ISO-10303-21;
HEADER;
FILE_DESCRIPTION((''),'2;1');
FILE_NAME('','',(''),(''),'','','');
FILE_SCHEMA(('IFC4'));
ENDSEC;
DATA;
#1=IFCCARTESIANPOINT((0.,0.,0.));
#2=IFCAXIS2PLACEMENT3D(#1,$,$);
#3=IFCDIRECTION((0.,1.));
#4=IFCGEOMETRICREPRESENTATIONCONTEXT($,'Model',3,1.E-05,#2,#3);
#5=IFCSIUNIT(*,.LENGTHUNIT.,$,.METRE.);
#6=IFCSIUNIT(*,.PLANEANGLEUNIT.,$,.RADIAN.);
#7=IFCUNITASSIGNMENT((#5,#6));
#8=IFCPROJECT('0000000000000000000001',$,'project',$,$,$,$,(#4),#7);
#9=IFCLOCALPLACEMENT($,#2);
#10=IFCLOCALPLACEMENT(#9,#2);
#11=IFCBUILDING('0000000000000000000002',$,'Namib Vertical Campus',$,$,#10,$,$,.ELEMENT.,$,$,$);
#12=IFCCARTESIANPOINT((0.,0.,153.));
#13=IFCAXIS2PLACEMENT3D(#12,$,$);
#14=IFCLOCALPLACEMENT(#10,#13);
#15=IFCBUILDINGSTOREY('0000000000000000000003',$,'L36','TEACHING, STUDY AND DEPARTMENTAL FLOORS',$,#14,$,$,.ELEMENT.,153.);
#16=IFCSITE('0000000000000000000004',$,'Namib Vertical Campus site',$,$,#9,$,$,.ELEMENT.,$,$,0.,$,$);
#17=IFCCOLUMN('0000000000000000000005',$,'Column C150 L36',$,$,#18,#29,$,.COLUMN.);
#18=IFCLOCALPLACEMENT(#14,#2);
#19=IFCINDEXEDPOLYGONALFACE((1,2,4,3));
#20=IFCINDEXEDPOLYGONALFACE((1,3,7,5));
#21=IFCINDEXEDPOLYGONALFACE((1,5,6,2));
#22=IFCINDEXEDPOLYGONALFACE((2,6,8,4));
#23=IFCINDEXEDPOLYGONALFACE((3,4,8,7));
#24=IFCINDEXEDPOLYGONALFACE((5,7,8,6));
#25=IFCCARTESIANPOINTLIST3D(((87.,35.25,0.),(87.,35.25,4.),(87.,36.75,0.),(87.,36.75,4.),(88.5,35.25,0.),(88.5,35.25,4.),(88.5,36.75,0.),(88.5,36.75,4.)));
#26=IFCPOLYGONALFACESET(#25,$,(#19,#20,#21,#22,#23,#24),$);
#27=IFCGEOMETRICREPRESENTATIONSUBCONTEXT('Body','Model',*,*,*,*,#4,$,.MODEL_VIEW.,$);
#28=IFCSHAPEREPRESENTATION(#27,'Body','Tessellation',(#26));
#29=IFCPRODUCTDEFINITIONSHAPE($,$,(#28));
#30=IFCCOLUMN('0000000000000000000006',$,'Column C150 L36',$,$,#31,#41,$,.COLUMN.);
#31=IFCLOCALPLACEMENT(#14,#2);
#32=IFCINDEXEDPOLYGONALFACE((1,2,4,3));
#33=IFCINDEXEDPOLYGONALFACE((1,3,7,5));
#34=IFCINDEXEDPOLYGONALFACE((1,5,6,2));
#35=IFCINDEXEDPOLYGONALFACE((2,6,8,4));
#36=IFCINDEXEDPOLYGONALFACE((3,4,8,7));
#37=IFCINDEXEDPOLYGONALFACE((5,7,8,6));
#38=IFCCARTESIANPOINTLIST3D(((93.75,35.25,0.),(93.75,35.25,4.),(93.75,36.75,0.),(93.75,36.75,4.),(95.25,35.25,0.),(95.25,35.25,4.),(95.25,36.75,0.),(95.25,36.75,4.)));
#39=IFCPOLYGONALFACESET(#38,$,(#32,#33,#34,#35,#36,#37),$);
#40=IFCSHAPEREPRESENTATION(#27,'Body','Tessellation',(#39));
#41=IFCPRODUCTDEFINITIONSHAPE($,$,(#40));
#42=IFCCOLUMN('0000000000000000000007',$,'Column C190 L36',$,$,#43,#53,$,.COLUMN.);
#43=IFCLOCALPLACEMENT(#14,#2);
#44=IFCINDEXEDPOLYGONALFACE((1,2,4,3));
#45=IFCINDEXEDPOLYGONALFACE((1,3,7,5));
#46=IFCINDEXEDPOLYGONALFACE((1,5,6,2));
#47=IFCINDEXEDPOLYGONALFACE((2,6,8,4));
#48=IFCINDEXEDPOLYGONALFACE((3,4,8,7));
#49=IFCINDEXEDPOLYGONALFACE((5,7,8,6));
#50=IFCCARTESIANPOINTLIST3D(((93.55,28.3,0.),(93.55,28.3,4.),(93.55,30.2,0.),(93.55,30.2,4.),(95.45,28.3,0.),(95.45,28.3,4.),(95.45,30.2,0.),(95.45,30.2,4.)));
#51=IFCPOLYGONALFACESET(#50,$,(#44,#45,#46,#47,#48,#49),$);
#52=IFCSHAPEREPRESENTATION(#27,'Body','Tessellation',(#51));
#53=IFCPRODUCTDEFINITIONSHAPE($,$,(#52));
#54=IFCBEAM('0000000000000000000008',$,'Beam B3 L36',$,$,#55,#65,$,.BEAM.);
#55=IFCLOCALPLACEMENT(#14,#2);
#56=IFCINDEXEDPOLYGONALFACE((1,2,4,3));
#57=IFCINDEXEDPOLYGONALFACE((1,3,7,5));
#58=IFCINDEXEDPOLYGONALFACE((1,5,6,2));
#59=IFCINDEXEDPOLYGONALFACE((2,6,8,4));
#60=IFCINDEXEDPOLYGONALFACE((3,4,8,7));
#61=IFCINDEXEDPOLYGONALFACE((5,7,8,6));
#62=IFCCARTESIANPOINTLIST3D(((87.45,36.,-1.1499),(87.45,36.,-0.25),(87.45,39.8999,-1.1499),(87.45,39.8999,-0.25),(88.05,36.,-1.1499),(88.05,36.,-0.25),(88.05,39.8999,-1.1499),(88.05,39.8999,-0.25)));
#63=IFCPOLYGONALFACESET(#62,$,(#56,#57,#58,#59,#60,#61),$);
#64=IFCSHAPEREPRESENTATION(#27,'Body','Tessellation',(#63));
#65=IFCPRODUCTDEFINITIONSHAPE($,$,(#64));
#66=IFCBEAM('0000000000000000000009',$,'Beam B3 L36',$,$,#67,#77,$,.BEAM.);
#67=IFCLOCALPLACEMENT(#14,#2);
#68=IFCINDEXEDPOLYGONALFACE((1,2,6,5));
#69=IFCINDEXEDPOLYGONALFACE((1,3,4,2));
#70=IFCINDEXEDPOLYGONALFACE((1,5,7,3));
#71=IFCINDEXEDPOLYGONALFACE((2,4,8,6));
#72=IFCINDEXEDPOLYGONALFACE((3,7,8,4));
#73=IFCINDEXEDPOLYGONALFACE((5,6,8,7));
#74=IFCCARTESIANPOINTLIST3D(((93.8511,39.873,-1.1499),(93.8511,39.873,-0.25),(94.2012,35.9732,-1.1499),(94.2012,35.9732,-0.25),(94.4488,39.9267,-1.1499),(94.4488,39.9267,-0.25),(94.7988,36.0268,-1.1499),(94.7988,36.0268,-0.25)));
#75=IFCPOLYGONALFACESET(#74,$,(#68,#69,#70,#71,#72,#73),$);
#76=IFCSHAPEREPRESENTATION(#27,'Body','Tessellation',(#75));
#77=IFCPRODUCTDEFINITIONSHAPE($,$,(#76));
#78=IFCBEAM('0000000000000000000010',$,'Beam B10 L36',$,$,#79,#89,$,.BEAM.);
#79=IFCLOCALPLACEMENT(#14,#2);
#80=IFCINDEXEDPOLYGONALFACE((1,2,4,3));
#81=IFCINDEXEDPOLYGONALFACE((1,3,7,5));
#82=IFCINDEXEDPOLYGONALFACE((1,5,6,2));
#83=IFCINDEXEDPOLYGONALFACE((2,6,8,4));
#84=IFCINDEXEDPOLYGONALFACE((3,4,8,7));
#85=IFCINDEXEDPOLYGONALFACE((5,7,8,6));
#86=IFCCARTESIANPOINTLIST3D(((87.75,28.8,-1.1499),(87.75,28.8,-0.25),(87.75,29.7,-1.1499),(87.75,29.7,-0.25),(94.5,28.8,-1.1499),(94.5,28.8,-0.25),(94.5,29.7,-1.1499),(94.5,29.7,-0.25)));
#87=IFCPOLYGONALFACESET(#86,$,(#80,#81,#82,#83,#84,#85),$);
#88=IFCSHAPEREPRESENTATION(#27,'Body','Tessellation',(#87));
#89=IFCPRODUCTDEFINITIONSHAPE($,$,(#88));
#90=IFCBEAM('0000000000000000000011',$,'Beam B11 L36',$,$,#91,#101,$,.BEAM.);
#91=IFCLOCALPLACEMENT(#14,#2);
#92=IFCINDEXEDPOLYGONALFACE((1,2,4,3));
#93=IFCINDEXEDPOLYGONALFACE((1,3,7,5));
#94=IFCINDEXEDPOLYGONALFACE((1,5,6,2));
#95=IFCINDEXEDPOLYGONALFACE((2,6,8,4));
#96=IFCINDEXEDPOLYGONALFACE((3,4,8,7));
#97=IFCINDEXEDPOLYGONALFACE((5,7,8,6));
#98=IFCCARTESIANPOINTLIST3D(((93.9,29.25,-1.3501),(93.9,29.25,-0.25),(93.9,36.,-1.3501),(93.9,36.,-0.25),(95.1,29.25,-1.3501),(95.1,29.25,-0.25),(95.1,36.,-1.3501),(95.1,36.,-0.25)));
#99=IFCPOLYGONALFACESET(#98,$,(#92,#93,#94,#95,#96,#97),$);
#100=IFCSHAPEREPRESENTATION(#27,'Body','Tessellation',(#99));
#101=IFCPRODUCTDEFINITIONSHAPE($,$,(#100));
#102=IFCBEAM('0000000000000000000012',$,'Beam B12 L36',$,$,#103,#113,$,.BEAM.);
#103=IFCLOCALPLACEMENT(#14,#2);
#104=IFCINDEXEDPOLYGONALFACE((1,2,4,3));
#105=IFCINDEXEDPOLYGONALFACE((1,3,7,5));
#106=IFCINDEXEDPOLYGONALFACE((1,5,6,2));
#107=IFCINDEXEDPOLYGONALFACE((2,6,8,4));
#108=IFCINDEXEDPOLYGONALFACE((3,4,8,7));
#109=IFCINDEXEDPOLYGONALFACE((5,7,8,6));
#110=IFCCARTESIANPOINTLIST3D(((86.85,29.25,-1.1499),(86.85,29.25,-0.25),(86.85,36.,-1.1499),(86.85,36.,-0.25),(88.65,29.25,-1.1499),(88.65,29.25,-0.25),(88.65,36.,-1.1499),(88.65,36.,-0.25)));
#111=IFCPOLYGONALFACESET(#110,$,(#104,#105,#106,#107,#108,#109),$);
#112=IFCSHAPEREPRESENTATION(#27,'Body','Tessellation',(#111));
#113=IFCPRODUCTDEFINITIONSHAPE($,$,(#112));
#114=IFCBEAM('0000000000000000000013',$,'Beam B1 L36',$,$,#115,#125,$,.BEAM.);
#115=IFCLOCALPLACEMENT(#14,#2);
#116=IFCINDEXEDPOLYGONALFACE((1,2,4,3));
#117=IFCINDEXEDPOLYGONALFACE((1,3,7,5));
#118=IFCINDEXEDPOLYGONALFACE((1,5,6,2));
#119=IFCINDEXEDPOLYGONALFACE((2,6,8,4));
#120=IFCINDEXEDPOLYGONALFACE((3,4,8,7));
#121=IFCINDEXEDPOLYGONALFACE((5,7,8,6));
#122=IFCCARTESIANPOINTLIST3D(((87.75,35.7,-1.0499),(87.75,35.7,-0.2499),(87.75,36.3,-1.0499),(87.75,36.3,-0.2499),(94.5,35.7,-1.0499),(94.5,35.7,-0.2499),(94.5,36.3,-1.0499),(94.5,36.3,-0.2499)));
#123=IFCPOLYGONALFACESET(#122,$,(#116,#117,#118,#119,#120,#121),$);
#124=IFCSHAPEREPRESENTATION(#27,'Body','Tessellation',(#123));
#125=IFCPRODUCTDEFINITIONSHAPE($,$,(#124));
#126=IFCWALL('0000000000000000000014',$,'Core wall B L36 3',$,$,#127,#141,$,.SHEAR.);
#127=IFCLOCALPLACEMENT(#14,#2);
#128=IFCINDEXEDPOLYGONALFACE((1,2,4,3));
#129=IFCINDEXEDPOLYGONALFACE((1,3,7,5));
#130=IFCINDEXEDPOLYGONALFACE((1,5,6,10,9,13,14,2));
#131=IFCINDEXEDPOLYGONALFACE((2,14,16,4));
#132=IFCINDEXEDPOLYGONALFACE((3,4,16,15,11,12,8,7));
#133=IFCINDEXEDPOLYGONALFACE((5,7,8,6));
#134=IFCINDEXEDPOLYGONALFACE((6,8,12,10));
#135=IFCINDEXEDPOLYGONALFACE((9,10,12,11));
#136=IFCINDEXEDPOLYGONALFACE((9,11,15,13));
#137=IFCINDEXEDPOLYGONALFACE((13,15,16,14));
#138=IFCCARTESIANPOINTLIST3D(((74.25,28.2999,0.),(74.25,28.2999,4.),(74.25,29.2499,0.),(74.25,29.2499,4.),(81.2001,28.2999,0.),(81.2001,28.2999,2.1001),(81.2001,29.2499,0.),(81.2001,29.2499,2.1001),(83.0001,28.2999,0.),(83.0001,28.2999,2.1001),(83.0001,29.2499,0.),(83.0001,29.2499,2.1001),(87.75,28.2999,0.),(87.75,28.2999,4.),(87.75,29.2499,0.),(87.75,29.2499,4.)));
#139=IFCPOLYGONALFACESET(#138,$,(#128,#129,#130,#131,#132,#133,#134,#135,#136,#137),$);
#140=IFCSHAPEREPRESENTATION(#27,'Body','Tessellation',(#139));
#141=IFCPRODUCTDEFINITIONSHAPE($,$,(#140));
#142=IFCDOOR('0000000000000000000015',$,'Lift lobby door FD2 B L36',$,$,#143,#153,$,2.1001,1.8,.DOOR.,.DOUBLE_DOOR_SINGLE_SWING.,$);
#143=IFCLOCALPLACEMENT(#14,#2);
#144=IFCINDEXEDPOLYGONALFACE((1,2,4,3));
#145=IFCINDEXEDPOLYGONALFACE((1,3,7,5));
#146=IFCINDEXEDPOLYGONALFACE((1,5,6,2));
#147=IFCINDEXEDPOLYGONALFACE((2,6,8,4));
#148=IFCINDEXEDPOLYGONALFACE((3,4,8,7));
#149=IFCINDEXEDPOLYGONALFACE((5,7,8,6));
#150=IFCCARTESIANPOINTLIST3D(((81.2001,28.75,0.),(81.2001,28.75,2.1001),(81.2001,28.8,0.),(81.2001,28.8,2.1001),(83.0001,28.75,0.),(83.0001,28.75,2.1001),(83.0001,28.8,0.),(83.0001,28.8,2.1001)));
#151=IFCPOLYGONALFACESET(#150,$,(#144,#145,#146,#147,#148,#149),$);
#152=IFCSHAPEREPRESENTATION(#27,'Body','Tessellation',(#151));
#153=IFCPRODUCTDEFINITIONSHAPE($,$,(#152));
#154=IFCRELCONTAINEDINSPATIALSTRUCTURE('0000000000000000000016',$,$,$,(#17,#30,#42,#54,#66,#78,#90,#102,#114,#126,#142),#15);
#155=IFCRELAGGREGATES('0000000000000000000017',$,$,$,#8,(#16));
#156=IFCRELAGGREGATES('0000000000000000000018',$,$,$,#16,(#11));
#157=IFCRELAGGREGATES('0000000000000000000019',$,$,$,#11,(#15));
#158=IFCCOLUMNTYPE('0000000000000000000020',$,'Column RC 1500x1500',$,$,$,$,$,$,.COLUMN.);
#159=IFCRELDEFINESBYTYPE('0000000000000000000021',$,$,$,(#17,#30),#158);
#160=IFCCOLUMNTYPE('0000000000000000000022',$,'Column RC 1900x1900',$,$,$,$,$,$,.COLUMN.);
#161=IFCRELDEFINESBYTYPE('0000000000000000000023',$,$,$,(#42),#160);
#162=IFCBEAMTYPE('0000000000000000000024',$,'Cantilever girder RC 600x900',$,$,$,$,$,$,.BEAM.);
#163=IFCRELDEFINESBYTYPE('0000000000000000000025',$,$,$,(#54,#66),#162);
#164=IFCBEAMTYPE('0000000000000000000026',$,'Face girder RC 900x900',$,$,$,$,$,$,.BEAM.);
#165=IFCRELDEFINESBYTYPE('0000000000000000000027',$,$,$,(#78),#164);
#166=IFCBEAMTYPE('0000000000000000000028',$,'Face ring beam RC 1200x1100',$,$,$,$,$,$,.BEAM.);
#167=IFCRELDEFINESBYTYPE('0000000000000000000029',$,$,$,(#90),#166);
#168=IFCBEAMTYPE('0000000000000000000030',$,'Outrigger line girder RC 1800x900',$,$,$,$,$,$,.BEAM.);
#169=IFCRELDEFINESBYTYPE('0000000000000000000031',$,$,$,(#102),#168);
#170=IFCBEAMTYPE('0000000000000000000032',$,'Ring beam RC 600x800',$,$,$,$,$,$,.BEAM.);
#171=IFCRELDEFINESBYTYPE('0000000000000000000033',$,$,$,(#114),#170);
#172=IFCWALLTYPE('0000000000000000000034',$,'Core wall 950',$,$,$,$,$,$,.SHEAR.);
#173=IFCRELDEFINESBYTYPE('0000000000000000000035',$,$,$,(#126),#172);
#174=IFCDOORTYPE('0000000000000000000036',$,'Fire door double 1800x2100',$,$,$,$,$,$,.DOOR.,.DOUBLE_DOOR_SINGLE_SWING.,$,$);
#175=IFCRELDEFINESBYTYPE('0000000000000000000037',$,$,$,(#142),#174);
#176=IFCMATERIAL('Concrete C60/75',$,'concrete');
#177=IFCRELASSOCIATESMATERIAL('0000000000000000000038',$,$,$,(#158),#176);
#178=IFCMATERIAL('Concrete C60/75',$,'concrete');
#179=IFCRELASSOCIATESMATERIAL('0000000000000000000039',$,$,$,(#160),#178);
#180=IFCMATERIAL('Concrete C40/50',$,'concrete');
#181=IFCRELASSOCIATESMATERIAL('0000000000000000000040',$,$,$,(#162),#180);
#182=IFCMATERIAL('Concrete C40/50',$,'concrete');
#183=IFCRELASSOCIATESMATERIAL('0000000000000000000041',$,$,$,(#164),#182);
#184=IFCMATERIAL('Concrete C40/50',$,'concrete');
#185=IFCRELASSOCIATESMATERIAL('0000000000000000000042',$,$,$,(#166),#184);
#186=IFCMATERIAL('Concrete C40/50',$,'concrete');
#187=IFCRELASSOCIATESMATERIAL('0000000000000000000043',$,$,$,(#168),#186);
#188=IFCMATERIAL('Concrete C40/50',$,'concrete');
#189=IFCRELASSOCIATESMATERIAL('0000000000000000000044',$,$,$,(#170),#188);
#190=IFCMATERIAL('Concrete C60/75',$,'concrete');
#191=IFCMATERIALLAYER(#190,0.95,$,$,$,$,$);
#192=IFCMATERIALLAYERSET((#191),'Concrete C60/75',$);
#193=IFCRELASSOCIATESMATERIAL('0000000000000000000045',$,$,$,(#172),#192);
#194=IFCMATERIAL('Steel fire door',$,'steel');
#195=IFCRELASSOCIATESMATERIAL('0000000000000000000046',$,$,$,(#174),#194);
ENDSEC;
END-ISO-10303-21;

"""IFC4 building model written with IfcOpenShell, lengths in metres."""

from ifc_helpers import new_model, si_unit, direction, frame, frame_2d, origin, origin_2d, place, context, subcontext, project, spatial, rectangle, extrude, material, layer, layer_set, material_profile, profile_set, type_object, element, fill, save


model = new_model("IFC4")

# Units and contexts
model_context = context("Model", 3, precision=1e-05, world=origin(), true_north=direction((0.0, 1.0)))
body_context = subcontext(model_context, "Body", "Model", "MODEL_VIEW")
ifc_project = project(units=[si_unit("LENGTHUNIT", "METRE"), si_unit("PLANEANGLEUNIT", "RADIAN")], contexts=[model_context])

# Site, building, storey
site_placement = place(None, origin())
site = spatial("IfcSite", under=ifc_project, at=site_placement, Name="Namib Vertical Campus site", CompositionType="ELEMENT", RefElevation=0.0)
building_placement = place(site_placement, origin())
building = spatial("IfcBuilding", under=site, at=building_placement, Name="Namib Vertical Campus", CompositionType="ELEMENT")
storey_placement = place(building_placement, frame((0.0, 0.0, 153.0)))
storey = spatial("IfcBuildingStorey", under=building, at=storey_placement, Name="L36", Description="TEACHING, STUDY AND DEPARTMENTAL FLOORS", CompositionType="ELEMENT", Elevation=153.0)

# Columns
ifc_material_1 = material(Name="Concrete C60/75", Category="concrete")
ifc_material_profile_1 = material_profile(ifc_material_1, rectangle(XDim=1.5, YDim=1.5, at=origin_2d()))
ifc_profile_set_1 = profile_set([ifc_material_profile_1], Name="Concrete C60/75")
column_type_1 = type_object("IfcColumnType", Name="Column RC 1500x1500", PredefinedType="COLUMN", material=ifc_profile_set_1)
for number, where, z_axis, x_axis, name in (
    (1, (87.75, 36.0, 0.0), (0.0, 0.0, 1.0), (1.0, 0.0, 0.0), "Column C150 L36"),
    (2, (94.5, 36.0, 0.0), (0.0, 0.0, 1.0), (1.0, 0.0, 0.0), "Column C150 L36"),
):
    element("IfcColumn", number, at=place(storey_placement, frame(where, z_axis=z_axis, x_axis=x_axis)), inside=storey, type_object=column_type_1, Name=name, PredefinedType="COLUMN", context=body_context, shape_type="SweptSolid", body=[
        extrude(rectangle(XDim=1.5, YDim=1.5, at=origin_2d()), origin(), (0.0, 0.0, 1.0), 4.0),
    ])
ifc_material_2 = material(Name="Concrete C60/75", Category="concrete")
ifc_material_profile_2 = material_profile(ifc_material_2, rectangle(XDim=1.8999, YDim=1.8999, at=origin_2d()))
ifc_profile_set_2 = profile_set([ifc_material_profile_2], Name="Concrete C60/75")
column_type_2 = type_object("IfcColumnType", Name="Column RC 1900x1900", PredefinedType="COLUMN", material=ifc_profile_set_2)
column_placement = place(storey_placement, frame((94.5, 29.25, 0.0), z_axis=(0.0, 0.0, 1.0), x_axis=(1.0, 0.0, 0.0)))
element("IfcColumn", 3, at=column_placement, inside=storey, type_object=column_type_2, Name="Column C190 L36", PredefinedType="COLUMN", context=body_context, shape_type="SweptSolid", body=[
    extrude(rectangle(XDim=1.8999, YDim=1.8999, at=origin_2d()), origin(), (0.0, 0.0, 1.0), 4.0),
])

# Beams
ifc_material_3 = material(Name="Concrete C40/50", Category="concrete")
ifc_material_profile_3 = material_profile(ifc_material_3, rectangle(XDim=0.6001, YDim=0.8999, at=origin_2d()))
ifc_profile_set_3 = profile_set([ifc_material_profile_3], Name="Concrete C40/50")
beam_type_1 = type_object("IfcBeamType", Name="Cantilever girder RC 600x900", PredefinedType="BEAM", material=ifc_profile_set_3)
beam_1_placement = place(storey_placement, frame((87.75, 36.0, -0.7), z_axis=(0.0, 1.0, 0.0), x_axis=(-1.0, 0.0, 0.0)))
element("IfcBeam", 4, at=beam_1_placement, inside=storey, type_object=beam_type_1, Name="Beam B3 L36", PredefinedType="BEAM", context=body_context, shape_type="SweptSolid", body=[
    extrude(rectangle(XDim=0.6001, YDim=0.8999, at=origin_2d()), origin(), (0.0, 0.0, 1.0), 3.8999),
])
beam_2_placement = place(storey_placement, frame((94.5, 36.0, -0.7), z_axis=(-0.089411, 0.995995, 0.0), x_axis=(-0.995995, -0.089411, 0.0)))
element("IfcBeam", 5, at=beam_2_placement, inside=storey, type_object=beam_type_1, Name="Beam B3 L36", PredefinedType="BEAM", context=body_context, shape_type="SweptSolid", body=[
    extrude(rectangle(XDim=0.6001, YDim=0.8999, at=origin_2d()), origin(), (0.0, 0.0, 1.0), 3.9155),
])
ifc_material_4 = material(Name="Concrete C40/50", Category="concrete")
ifc_material_profile_4 = material_profile(ifc_material_4, rectangle(XDim=0.8999, YDim=0.8999, at=origin_2d()))
ifc_profile_set_4 = profile_set([ifc_material_profile_4], Name="Concrete C40/50")
beam_type_2 = type_object("IfcBeamType", Name="Face girder RC 900x900", PredefinedType="BEAM", material=ifc_profile_set_4)
beam_3_placement = place(storey_placement, frame((94.5, 29.25, -0.7), z_axis=(-1.0, 0.0, 0.0), x_axis=(0.0, -1.0, 0.0)))
element("IfcBeam", 6, at=beam_3_placement, inside=storey, type_object=beam_type_2, Name="Beam B10 L36", PredefinedType="BEAM", context=body_context, shape_type="SweptSolid", body=[
    extrude(rectangle(XDim=0.8999, YDim=0.8999, at=origin_2d()), origin(), (0.0, 0.0, 1.0), 6.75),
])
ifc_material_5 = material(Name="Concrete C40/50", Category="concrete")
ifc_material_profile_5 = material_profile(ifc_material_5, rectangle(XDim=1.2, YDim=1.1001, at=origin_2d()))
ifc_profile_set_5 = profile_set([ifc_material_profile_5], Name="Concrete C40/50")
beam_type_3 = type_object("IfcBeamType", Name="Face ring beam RC 1200x1100", PredefinedType="BEAM", material=ifc_profile_set_5)
beam_4_placement = place(storey_placement, frame((94.5, 29.25, -0.8), z_axis=(0.0, 1.0, 0.0), x_axis=(-1.0, 0.0, 0.0)))
element("IfcBeam", 7, at=beam_4_placement, inside=storey, type_object=beam_type_3, Name="Beam B11 L36", PredefinedType="BEAM", context=body_context, shape_type="SweptSolid", body=[
    extrude(rectangle(XDim=1.2, YDim=1.1001, at=origin_2d()), origin(), (0.0, 0.0, 1.0), 6.75),
])
ifc_material_6 = material(Name="Concrete C40/50", Category="concrete")
ifc_material_profile_6 = material_profile(ifc_material_6, rectangle(XDim=1.8, YDim=0.8999, at=origin_2d()))
ifc_profile_set_6 = profile_set([ifc_material_profile_6], Name="Concrete C40/50")
beam_type_4 = type_object("IfcBeamType", Name="Outrigger line girder RC 1800x900", PredefinedType="BEAM", material=ifc_profile_set_6)
beam_5_placement = place(storey_placement, frame((87.75, 36.0, -0.7), z_axis=(0.0, -1.0, 0.0), x_axis=(1.0, 0.0, 0.0)))
element("IfcBeam", 8, at=beam_5_placement, inside=storey, type_object=beam_type_4, Name="Beam B12 L36", PredefinedType="BEAM", context=body_context, shape_type="SweptSolid", body=[
    extrude(rectangle(XDim=1.8, YDim=0.8999, at=origin_2d()), origin(), (0.0, 0.0, 1.0), 6.75),
])
ifc_material_7 = material(Name="Concrete C40/50", Category="concrete")
ifc_material_profile_7 = material_profile(ifc_material_7, rectangle(XDim=0.6001, YDim=0.8, at=origin_2d()))
ifc_profile_set_7 = profile_set([ifc_material_profile_7], Name="Concrete C40/50")
beam_type_5 = type_object("IfcBeamType", Name="Ring beam RC 600x800", PredefinedType="BEAM", material=ifc_profile_set_7)
beam_6_placement = place(storey_placement, frame((87.75, 36.0, -0.6499), z_axis=(1.0, 0.0, 0.0), x_axis=(0.0, 1.0, 0.0)))
element("IfcBeam", 9, at=beam_6_placement, inside=storey, type_object=beam_type_5, Name="Beam B1 L36", PredefinedType="BEAM", context=body_context, shape_type="SweptSolid", body=[
    extrude(rectangle(XDim=0.6001, YDim=0.8, at=origin_2d()), origin(), (0.0, 0.0, 1.0), 6.75),
])

# Wall, opening, door
ifc_material_8 = material(Name="Concrete C60/75", Category="concrete")
ifc_layer_1 = layer(ifc_material_8, 0.95)
ifc_layer_set_1 = layer_set([ifc_layer_1], Name="Concrete C60/75")
wall_type_1 = type_object("IfcWallType", Name="Core wall 950", PredefinedType="SHEAR", material=ifc_layer_set_1)
wall_1_placement = place(storey_placement, frame((87.75, 28.7749, 0.0), z_axis=(0.0, 0.0, 1.0), x_axis=(-1.0, 0.0, 0.0)))
wall_1 = element("IfcWall", 10, at=wall_1_placement, inside=storey, type_object=wall_type_1, Name="Core wall B L36 3", PredefinedType="SHEAR", context=body_context, shape_type="SweptSolid", body=[
    extrude(rectangle(XDim=13.5, YDim=0.95, at=frame_2d((6.75, 0.0))), origin(), (0.0, 0.0, 1.0), 4.0),
])
opening_1_placement = place(wall_1_placement, frame((4.75, 0.0, 0.0)))
opening_1 = element("IfcOpeningElement", 11, at=opening_1_placement, cuts=wall_1, PredefinedType="OPENING", context=body_context, shape_type="SweptSolid", body=[
    extrude(rectangle(XDim=1.8, YDim=2.1001, at=frame_2d((0.8999, 1.05))), frame((0.0, 0.4849, 0.0), z_axis=(0.0, -1.0, 0.0), x_axis=(1.0, 0.0, 0.0)), (0.0, 0.0, 1.0), 0.97),
])
ifc_material_9 = material(Name="Steel fire door", Category="steel")
door_type_1 = type_object("IfcDoorType", Name="Fire door double 1800x2100", OperationType="DOUBLE_DOOR_SINGLE_SWING", PredefinedType="DOOR", material=ifc_material_9)
door_1_placement = place(opening_1_placement, origin())
door_1 = element("IfcDoor", 12, at=door_1_placement, inside=storey, type_object=door_type_1, Name="Lift lobby door FD2 B L36", OperationType="DOUBLE_DOOR_SINGLE_SWING", OverallHeight=2.1001, OverallWidth=1.8, PredefinedType="DOOR", context=body_context, shape_type="SweptSolid", body=[
    extrude(rectangle(XDim=1.8, YDim=2.1001, at=frame_2d((0.8999, 1.05))), frame((0.0, 0.0249, 0.0), z_axis=(0.0, -1.0, 0.0), x_axis=(1.0, 0.0, 0.0)), (0.0, 0.0, 1.0), 0.05),
])
fill(opening_1, door_1)

save(model, "model.ifc")
